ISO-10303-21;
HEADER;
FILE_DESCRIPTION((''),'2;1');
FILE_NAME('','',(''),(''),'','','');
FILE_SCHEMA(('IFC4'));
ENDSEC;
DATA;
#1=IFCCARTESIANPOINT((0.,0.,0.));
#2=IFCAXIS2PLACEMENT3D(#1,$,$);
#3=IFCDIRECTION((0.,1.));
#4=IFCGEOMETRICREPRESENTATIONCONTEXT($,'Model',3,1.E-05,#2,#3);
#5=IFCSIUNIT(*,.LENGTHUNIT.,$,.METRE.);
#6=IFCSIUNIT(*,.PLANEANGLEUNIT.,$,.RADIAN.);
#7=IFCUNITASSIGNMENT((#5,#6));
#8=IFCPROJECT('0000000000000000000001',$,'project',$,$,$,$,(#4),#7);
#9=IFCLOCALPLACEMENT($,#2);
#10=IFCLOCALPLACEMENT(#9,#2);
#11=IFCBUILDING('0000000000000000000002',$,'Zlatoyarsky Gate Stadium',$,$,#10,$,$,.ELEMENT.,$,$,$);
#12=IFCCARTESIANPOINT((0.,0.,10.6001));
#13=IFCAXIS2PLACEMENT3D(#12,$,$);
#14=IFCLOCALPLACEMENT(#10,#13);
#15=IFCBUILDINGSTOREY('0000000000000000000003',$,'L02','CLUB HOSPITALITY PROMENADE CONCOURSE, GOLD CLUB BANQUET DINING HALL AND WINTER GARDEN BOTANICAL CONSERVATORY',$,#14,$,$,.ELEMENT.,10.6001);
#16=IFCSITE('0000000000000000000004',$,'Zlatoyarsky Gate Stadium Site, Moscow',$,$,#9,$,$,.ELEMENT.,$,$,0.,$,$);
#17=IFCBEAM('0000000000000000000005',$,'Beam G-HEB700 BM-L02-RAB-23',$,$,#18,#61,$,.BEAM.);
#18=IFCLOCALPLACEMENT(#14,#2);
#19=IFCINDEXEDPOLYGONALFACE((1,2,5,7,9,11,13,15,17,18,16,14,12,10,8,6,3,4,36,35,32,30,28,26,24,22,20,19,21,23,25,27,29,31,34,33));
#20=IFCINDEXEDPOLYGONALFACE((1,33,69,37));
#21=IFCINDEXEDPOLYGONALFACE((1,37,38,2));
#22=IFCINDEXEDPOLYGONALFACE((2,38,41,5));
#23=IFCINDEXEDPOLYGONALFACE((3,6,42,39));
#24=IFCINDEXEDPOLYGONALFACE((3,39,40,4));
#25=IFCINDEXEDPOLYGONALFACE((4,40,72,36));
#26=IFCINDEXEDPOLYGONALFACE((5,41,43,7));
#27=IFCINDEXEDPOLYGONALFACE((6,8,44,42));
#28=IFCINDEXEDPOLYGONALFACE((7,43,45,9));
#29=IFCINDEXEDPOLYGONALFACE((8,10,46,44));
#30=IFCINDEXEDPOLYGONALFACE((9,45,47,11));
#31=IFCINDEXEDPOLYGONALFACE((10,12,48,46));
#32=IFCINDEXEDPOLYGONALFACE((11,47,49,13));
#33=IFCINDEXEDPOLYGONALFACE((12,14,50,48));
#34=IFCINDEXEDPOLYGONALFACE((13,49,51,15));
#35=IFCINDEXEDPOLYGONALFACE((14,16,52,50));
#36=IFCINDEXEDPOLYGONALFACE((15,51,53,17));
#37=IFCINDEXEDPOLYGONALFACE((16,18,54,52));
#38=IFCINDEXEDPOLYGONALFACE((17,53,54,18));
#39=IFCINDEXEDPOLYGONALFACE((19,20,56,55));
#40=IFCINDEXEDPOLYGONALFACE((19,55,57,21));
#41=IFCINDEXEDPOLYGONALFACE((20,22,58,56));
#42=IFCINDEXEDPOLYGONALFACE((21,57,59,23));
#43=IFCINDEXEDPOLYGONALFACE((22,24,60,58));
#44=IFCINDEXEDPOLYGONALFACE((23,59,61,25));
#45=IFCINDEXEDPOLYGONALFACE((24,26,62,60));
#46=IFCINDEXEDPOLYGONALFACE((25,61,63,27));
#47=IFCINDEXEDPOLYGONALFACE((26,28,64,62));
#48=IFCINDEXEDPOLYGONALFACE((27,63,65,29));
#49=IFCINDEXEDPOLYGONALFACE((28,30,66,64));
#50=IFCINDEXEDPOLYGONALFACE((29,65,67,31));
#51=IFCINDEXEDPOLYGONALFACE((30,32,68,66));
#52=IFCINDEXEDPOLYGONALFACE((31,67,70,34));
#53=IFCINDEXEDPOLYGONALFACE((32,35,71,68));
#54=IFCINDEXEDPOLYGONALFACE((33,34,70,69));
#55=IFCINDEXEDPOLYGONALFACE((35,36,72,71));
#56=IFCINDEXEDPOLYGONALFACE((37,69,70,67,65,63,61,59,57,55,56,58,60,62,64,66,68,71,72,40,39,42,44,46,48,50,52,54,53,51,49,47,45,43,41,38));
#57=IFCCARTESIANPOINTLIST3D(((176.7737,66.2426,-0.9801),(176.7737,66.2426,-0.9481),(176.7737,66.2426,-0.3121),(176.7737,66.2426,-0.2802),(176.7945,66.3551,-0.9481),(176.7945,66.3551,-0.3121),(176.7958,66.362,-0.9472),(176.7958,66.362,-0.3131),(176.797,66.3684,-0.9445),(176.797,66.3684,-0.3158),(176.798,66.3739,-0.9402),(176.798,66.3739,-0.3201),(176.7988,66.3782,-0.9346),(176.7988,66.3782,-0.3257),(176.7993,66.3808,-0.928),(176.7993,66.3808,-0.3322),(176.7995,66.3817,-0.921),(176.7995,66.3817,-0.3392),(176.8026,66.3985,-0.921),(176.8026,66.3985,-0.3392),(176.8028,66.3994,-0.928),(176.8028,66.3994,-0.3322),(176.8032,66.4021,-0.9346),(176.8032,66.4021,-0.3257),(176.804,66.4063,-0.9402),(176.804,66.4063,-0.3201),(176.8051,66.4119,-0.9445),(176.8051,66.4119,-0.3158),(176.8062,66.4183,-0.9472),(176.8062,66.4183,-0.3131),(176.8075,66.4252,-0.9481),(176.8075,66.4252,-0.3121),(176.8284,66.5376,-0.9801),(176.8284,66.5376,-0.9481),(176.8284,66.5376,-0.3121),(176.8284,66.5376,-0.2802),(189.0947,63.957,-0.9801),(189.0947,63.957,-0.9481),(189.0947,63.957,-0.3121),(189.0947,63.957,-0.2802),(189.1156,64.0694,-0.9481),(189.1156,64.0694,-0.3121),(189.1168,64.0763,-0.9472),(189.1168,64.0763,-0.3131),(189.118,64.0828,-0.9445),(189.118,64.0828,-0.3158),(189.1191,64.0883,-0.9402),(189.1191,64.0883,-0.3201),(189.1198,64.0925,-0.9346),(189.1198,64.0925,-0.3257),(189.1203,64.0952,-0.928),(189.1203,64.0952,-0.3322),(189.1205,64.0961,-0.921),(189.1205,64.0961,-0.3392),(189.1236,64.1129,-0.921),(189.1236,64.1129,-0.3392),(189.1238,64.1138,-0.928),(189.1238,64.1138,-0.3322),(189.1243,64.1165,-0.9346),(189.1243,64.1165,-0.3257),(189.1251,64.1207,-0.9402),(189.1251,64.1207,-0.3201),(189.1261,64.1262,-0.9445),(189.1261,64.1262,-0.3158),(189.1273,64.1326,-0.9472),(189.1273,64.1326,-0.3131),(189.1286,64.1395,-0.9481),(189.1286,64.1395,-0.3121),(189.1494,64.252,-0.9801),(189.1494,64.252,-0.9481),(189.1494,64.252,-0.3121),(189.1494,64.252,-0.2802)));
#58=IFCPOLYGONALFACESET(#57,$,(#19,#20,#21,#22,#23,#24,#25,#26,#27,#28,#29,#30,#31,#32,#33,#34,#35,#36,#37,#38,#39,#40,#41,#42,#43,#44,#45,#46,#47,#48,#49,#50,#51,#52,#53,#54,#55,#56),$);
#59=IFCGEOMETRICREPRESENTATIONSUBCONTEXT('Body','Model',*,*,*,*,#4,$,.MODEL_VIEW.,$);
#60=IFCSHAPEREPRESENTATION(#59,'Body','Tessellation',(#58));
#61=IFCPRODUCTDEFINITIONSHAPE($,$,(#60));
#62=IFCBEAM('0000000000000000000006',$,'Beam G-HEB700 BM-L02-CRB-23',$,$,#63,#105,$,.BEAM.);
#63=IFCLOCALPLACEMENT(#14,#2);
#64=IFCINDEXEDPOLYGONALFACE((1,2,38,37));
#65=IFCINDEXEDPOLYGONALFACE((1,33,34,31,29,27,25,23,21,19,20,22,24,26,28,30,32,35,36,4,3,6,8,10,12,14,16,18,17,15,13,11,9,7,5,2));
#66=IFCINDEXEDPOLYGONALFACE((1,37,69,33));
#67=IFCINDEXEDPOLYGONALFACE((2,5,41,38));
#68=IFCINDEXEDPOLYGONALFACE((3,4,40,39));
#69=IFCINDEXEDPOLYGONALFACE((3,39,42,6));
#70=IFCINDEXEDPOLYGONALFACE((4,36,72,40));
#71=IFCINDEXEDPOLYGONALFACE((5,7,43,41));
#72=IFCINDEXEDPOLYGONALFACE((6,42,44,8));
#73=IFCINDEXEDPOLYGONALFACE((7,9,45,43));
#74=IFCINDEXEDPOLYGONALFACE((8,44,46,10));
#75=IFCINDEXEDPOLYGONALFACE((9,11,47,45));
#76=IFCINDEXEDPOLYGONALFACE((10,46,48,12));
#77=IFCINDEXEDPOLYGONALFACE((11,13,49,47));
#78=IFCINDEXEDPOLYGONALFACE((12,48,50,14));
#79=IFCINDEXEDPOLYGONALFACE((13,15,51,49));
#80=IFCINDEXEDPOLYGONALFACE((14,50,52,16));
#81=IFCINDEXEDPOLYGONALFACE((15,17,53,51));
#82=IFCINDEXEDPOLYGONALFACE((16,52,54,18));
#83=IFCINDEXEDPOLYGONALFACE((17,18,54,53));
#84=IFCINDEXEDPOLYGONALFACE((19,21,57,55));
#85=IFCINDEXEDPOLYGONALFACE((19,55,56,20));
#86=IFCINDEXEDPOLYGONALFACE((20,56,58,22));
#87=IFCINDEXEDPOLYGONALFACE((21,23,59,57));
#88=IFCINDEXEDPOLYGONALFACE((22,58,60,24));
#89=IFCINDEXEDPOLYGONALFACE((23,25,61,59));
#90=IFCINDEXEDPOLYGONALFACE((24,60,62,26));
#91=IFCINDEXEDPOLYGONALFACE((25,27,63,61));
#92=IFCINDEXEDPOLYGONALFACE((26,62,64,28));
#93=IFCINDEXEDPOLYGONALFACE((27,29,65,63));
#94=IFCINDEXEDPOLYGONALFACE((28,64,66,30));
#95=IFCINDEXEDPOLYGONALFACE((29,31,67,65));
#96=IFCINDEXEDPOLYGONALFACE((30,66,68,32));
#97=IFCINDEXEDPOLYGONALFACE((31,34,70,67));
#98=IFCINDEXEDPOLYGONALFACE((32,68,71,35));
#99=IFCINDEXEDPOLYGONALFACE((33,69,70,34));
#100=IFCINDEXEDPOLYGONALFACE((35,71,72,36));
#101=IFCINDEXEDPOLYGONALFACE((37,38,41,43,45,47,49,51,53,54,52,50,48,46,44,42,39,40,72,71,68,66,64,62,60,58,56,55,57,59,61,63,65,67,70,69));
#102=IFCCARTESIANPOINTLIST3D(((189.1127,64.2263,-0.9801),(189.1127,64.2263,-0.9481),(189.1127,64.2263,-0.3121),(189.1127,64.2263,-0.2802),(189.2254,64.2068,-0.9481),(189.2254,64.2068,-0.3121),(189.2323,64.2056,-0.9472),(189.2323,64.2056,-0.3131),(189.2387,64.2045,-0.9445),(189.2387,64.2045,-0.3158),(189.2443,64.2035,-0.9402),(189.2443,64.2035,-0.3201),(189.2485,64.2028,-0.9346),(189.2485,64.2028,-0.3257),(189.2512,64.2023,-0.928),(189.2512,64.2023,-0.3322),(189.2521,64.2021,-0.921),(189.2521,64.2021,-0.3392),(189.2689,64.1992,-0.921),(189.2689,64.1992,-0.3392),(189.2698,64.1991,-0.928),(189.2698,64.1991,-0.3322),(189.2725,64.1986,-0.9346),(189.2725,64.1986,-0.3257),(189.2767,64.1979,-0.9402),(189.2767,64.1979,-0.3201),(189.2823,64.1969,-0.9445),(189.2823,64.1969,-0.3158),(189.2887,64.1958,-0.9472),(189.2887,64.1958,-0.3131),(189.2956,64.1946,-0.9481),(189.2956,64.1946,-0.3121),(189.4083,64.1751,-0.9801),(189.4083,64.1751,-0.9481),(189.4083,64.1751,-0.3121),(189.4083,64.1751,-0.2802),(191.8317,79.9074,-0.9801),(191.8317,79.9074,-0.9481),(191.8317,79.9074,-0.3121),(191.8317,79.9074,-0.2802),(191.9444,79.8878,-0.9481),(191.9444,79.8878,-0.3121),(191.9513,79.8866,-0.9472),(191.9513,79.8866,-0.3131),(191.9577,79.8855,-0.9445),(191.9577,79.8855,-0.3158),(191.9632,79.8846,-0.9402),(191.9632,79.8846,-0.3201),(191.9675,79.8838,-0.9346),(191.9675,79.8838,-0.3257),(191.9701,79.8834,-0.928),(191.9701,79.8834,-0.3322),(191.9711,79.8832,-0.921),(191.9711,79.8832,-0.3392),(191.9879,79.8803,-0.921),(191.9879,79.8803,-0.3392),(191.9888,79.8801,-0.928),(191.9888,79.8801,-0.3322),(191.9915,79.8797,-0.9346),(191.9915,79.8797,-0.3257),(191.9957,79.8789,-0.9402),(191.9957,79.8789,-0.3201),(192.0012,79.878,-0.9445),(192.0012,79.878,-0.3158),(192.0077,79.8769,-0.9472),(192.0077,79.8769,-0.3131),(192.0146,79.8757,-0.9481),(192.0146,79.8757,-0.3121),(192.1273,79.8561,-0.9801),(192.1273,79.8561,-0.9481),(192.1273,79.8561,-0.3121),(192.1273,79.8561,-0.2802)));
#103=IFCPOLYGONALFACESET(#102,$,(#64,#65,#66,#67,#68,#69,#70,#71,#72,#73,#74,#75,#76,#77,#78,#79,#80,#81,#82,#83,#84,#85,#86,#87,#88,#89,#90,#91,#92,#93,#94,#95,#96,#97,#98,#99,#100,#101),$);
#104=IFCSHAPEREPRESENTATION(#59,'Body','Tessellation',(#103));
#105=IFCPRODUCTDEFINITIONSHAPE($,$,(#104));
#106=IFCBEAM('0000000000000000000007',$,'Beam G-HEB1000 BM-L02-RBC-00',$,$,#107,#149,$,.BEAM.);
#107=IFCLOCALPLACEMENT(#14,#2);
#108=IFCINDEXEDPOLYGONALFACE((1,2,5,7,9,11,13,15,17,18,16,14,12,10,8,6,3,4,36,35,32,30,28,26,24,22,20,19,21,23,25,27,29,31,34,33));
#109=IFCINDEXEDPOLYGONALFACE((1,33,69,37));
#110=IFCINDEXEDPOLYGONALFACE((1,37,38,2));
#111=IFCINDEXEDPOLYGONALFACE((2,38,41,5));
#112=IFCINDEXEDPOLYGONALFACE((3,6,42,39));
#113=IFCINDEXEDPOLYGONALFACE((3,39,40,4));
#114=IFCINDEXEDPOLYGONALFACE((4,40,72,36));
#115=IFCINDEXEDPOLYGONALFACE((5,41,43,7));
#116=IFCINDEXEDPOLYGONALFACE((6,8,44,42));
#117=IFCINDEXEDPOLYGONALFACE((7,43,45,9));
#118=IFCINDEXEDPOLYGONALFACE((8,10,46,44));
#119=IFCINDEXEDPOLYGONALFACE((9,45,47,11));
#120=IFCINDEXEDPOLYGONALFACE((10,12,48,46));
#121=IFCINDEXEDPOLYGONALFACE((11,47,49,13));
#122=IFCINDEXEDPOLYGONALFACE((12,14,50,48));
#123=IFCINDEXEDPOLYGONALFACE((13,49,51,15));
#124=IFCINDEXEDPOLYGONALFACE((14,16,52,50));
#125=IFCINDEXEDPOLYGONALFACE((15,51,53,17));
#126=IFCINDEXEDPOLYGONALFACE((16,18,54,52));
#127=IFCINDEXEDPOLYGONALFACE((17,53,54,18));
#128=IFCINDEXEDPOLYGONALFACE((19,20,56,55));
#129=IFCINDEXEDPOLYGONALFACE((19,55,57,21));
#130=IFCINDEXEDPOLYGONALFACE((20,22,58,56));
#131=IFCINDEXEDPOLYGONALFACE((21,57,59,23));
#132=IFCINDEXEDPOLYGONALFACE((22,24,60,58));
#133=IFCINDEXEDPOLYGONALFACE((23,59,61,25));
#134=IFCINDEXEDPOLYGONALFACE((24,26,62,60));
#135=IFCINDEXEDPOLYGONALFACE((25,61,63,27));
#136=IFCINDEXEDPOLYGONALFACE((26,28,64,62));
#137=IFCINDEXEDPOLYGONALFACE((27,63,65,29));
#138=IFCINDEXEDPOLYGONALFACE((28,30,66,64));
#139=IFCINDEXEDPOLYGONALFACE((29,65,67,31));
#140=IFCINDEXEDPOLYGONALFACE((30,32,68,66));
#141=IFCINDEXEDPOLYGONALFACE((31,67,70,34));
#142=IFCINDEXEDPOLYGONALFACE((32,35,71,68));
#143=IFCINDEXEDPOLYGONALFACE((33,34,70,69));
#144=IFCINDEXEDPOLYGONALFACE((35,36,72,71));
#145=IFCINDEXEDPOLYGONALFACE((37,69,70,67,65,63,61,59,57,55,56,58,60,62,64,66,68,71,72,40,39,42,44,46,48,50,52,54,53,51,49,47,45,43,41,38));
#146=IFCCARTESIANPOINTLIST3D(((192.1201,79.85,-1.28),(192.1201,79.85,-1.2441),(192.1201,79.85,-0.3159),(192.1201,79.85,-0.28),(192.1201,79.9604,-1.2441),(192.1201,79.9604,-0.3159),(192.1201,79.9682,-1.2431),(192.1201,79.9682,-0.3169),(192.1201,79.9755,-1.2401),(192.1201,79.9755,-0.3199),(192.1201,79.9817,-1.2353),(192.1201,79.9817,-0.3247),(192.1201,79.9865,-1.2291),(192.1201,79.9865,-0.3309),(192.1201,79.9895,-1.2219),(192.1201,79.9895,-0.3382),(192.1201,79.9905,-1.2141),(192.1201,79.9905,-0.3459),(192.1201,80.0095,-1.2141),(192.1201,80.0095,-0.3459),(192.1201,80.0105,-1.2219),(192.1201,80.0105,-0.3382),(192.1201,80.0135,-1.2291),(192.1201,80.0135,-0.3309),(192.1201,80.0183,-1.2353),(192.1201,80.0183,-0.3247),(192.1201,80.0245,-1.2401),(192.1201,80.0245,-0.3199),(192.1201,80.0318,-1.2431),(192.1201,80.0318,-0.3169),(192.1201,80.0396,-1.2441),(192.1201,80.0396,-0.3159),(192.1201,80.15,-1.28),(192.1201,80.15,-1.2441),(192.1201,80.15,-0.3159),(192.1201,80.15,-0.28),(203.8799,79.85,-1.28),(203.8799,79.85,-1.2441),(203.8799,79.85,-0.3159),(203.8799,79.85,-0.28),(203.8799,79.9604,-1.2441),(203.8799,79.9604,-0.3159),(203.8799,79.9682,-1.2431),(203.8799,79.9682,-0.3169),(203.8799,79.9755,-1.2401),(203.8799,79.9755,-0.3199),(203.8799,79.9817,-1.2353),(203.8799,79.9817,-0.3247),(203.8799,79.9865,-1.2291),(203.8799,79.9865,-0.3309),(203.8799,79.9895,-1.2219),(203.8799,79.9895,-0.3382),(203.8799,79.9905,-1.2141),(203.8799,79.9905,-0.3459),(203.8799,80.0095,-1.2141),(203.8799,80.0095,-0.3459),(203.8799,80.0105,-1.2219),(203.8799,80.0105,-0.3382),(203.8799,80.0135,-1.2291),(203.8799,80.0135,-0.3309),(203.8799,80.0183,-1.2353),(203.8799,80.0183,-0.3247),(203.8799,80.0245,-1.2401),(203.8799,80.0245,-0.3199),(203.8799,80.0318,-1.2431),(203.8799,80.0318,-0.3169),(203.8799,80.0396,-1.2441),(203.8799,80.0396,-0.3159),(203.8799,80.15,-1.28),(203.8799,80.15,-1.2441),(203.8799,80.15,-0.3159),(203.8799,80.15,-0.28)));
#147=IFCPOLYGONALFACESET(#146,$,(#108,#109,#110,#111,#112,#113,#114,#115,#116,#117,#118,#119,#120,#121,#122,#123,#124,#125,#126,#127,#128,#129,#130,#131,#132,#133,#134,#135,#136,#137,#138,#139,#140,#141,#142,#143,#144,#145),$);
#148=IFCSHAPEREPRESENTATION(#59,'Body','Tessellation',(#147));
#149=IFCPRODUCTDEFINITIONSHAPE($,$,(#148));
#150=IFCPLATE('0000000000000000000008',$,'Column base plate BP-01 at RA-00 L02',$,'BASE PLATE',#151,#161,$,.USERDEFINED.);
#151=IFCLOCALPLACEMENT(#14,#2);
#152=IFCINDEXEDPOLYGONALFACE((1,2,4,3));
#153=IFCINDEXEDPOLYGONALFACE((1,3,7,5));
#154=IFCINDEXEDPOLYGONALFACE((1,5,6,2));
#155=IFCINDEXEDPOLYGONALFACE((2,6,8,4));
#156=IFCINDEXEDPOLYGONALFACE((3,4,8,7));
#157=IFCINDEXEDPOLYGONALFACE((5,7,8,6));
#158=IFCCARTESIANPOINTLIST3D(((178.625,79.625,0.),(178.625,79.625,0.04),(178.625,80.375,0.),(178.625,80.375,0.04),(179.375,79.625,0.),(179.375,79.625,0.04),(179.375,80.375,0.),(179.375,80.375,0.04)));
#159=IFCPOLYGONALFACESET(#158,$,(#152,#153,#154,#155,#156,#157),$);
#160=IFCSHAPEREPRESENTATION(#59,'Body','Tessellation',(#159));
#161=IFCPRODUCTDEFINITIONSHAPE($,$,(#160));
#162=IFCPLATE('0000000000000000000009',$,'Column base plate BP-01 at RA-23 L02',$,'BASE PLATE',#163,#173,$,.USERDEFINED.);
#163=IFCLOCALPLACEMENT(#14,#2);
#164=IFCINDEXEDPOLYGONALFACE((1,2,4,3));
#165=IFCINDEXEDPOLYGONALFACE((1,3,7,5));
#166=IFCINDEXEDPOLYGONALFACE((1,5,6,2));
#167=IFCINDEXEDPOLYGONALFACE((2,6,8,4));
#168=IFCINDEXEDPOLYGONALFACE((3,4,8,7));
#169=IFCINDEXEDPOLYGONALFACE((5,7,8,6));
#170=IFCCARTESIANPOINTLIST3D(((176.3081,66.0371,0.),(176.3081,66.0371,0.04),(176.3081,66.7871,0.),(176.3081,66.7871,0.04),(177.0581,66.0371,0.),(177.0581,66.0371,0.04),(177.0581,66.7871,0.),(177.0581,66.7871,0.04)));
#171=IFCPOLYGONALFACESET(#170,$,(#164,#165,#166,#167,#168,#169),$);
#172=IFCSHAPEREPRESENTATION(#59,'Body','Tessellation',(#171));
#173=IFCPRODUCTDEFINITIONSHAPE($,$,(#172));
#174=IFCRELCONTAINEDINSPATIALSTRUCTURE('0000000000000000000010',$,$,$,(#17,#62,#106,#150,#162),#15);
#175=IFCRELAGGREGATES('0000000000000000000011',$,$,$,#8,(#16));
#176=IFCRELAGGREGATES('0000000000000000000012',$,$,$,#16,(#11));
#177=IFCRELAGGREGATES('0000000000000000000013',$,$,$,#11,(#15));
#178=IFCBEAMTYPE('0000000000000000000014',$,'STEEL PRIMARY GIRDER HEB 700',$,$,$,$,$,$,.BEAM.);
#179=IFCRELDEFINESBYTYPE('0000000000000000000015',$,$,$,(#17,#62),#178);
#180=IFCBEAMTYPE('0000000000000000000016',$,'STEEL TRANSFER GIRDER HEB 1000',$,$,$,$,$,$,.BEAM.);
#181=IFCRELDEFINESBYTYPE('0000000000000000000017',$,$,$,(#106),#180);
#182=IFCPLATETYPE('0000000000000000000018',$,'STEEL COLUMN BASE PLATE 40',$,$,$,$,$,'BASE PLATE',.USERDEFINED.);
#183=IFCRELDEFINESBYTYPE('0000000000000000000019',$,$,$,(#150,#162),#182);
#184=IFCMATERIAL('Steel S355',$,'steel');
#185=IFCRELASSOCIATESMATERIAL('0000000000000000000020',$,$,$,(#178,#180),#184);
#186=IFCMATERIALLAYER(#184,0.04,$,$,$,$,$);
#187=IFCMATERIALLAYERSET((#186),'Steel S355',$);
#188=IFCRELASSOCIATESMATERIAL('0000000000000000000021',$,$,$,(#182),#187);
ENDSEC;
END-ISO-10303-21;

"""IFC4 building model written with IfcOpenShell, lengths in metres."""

from ifc_helpers import new_model, si_unit, direction, frame, origin, origin_2d, place, context, subcontext, project, spatial, rectangle, i_section, extrude, material, layer, layer_set, material_profile, profile_set, type_object, element, save


model = new_model("IFC4")

# Units and contexts
model_context = context("Model", 3, precision=1e-05, world=origin(), true_north=direction((0.0, 1.0)))
body_context = subcontext(model_context, "Body", "Model", "MODEL_VIEW")
ifc_project = project(units=[si_unit("LENGTHUNIT", "METRE"), si_unit("PLANEANGLEUNIT", "RADIAN")], contexts=[model_context])

# Site, building, storey
site_placement = place(None, origin())
site = spatial("IfcSite", under=ifc_project, at=site_placement, Name="Zlatoyarsky Gate Stadium Site, Moscow", CompositionType="ELEMENT", RefElevation=0.0)
building_placement = place(site_placement, origin())
building = spatial("IfcBuilding", under=site, at=building_placement, Name="Zlatoyarsky Gate Stadium", CompositionType="ELEMENT")
storey_placement = place(building_placement, frame((0.0, 0.0, 10.6001)))
storey = spatial("IfcBuildingStorey", under=building, at=storey_placement, Name="L02", Description="CLUB HOSPITALITY PROMENADE CONCOURSE, GOLD CLUB BANQUET DINING HALL AND WINTER GARDEN BOTANICAL CONSERVATORY", CompositionType="ELEMENT", Elevation=10.6001)

# Shared definitions
ifc_material_1 = material(Name="Steel S355", Category="steel")

# Beams
ifc_material_profile_1 = material_profile(ifc_material_1, i_section(OverallWidth=0.3, OverallDepth=0.7, WebThickness=0.0171, FlangeThickness=0.032, FilletRadius=0.0271, at=origin_2d()), Name="HEB 700")
ifc_profile_set_1 = profile_set([ifc_material_profile_1], Name="Steel S355")
beam_type_1 = type_object("IfcBeamType", Name="STEEL PRIMARY GIRDER HEB 700", PredefinedType="BEAM", material=ifc_profile_set_1)
beam_1_placement = place(storey_placement, frame((176.801, 66.3901, -0.6301), z_axis=(0.983225, -0.182396, 0.0), x_axis=(0.182396, 0.983225, 0.0)))
element("IfcBeam", 1, at=beam_1_placement, inside=storey, type_object=beam_type_1, Name="Beam G-HEB700 BM-L02-RAB-23", PredefinedType="BEAM", context=body_context, shape_type="SweptSolid", body=[
    extrude(i_section(OverallWidth=0.3, OverallDepth=0.7, WebThickness=0.0171, FlangeThickness=0.032, FilletRadius=0.0271, at=origin_2d()), origin(), (0.0, 0.0, 1.0), 12.5312),
])
beam_2_placement = place(storey_placement, frame((189.2605, 64.2007, -0.6301), z_axis=(0.170843, 0.985298, 0.0), x_axis=(-0.985298, 0.170843, 0.0)))
element("IfcBeam", 2, at=beam_2_placement, inside=storey, type_object=beam_type_1, Name="Beam G-HEB700 BM-L02-CRB-23", PredefinedType="BEAM", context=body_context, shape_type="SweptSolid", body=[
    extrude(i_section(OverallWidth=0.3, OverallDepth=0.7, WebThickness=0.0171, FlangeThickness=0.032, FilletRadius=0.0271, at=origin_2d()), origin(), (0.0, 0.0, 1.0), 15.915),
])
ifc_material_profile_2 = material_profile(ifc_material_1, i_section(OverallWidth=0.3, OverallDepth=1.0, WebThickness=0.019, FlangeThickness=0.0359, FilletRadius=0.03, at=origin_2d()), Name="HEB 1000")
ifc_profile_set_2 = profile_set([ifc_material_profile_2], Name="Steel S355")
beam_type_2 = type_object("IfcBeamType", Name="STEEL TRANSFER GIRDER HEB 1000", PredefinedType="BEAM", material=ifc_profile_set_2)
beam_3_placement = place(storey_placement, frame((192.1201, 80.0, -0.78), z_axis=(1.0, 0.0, 0.0), x_axis=(0.0, 1.0, 0.0)))
element("IfcBeam", 3, at=beam_3_placement, inside=storey, type_object=beam_type_2, Name="Beam G-HEB1000 BM-L02-RBC-00", PredefinedType="BEAM", context=body_context, shape_type="SweptSolid", body=[
    extrude(i_section(OverallWidth=0.3, OverallDepth=1.0, WebThickness=0.019, FlangeThickness=0.0359, FilletRadius=0.03, at=origin_2d()), origin(), (0.0, 0.0, 1.0), 11.7598),
])

# Plates
ifc_layer_1 = layer(ifc_material_1, 0.04)
ifc_layer_set_1 = layer_set([ifc_layer_1], Name="Steel S355")
plate_type = type_object("IfcPlateType", Name="STEEL COLUMN BASE PLATE 40", ElementType="BASE PLATE", PredefinedType="USERDEFINED", material=ifc_layer_set_1)
for number, where, z_axis, x_axis, name in (
    (4, (179.0, 80.0, 0.0), (0.0, 0.0, 1.0), (1.0, 0.0, 0.0), "Column base plate BP-01 at RA-00 L02"),
    (5, (176.6831, 66.4121, 0.0), (0.0, 0.0, 1.0), (1.0, 0.0, 0.0), "Column base plate BP-01 at RA-23 L02"),
):
    element("IfcPlate", number, at=place(storey_placement, frame(where, z_axis=z_axis, x_axis=x_axis)), inside=storey, type_object=plate_type, Name=name, ObjectType="BASE PLATE", PredefinedType="USERDEFINED", context=body_context, shape_type="SweptSolid", body=[
        extrude(rectangle(XDim=0.75, YDim=0.75, at=origin_2d()), origin(), (0.0, 0.0, 1.0), 0.04),
    ])

save(model, "model.ifc")
